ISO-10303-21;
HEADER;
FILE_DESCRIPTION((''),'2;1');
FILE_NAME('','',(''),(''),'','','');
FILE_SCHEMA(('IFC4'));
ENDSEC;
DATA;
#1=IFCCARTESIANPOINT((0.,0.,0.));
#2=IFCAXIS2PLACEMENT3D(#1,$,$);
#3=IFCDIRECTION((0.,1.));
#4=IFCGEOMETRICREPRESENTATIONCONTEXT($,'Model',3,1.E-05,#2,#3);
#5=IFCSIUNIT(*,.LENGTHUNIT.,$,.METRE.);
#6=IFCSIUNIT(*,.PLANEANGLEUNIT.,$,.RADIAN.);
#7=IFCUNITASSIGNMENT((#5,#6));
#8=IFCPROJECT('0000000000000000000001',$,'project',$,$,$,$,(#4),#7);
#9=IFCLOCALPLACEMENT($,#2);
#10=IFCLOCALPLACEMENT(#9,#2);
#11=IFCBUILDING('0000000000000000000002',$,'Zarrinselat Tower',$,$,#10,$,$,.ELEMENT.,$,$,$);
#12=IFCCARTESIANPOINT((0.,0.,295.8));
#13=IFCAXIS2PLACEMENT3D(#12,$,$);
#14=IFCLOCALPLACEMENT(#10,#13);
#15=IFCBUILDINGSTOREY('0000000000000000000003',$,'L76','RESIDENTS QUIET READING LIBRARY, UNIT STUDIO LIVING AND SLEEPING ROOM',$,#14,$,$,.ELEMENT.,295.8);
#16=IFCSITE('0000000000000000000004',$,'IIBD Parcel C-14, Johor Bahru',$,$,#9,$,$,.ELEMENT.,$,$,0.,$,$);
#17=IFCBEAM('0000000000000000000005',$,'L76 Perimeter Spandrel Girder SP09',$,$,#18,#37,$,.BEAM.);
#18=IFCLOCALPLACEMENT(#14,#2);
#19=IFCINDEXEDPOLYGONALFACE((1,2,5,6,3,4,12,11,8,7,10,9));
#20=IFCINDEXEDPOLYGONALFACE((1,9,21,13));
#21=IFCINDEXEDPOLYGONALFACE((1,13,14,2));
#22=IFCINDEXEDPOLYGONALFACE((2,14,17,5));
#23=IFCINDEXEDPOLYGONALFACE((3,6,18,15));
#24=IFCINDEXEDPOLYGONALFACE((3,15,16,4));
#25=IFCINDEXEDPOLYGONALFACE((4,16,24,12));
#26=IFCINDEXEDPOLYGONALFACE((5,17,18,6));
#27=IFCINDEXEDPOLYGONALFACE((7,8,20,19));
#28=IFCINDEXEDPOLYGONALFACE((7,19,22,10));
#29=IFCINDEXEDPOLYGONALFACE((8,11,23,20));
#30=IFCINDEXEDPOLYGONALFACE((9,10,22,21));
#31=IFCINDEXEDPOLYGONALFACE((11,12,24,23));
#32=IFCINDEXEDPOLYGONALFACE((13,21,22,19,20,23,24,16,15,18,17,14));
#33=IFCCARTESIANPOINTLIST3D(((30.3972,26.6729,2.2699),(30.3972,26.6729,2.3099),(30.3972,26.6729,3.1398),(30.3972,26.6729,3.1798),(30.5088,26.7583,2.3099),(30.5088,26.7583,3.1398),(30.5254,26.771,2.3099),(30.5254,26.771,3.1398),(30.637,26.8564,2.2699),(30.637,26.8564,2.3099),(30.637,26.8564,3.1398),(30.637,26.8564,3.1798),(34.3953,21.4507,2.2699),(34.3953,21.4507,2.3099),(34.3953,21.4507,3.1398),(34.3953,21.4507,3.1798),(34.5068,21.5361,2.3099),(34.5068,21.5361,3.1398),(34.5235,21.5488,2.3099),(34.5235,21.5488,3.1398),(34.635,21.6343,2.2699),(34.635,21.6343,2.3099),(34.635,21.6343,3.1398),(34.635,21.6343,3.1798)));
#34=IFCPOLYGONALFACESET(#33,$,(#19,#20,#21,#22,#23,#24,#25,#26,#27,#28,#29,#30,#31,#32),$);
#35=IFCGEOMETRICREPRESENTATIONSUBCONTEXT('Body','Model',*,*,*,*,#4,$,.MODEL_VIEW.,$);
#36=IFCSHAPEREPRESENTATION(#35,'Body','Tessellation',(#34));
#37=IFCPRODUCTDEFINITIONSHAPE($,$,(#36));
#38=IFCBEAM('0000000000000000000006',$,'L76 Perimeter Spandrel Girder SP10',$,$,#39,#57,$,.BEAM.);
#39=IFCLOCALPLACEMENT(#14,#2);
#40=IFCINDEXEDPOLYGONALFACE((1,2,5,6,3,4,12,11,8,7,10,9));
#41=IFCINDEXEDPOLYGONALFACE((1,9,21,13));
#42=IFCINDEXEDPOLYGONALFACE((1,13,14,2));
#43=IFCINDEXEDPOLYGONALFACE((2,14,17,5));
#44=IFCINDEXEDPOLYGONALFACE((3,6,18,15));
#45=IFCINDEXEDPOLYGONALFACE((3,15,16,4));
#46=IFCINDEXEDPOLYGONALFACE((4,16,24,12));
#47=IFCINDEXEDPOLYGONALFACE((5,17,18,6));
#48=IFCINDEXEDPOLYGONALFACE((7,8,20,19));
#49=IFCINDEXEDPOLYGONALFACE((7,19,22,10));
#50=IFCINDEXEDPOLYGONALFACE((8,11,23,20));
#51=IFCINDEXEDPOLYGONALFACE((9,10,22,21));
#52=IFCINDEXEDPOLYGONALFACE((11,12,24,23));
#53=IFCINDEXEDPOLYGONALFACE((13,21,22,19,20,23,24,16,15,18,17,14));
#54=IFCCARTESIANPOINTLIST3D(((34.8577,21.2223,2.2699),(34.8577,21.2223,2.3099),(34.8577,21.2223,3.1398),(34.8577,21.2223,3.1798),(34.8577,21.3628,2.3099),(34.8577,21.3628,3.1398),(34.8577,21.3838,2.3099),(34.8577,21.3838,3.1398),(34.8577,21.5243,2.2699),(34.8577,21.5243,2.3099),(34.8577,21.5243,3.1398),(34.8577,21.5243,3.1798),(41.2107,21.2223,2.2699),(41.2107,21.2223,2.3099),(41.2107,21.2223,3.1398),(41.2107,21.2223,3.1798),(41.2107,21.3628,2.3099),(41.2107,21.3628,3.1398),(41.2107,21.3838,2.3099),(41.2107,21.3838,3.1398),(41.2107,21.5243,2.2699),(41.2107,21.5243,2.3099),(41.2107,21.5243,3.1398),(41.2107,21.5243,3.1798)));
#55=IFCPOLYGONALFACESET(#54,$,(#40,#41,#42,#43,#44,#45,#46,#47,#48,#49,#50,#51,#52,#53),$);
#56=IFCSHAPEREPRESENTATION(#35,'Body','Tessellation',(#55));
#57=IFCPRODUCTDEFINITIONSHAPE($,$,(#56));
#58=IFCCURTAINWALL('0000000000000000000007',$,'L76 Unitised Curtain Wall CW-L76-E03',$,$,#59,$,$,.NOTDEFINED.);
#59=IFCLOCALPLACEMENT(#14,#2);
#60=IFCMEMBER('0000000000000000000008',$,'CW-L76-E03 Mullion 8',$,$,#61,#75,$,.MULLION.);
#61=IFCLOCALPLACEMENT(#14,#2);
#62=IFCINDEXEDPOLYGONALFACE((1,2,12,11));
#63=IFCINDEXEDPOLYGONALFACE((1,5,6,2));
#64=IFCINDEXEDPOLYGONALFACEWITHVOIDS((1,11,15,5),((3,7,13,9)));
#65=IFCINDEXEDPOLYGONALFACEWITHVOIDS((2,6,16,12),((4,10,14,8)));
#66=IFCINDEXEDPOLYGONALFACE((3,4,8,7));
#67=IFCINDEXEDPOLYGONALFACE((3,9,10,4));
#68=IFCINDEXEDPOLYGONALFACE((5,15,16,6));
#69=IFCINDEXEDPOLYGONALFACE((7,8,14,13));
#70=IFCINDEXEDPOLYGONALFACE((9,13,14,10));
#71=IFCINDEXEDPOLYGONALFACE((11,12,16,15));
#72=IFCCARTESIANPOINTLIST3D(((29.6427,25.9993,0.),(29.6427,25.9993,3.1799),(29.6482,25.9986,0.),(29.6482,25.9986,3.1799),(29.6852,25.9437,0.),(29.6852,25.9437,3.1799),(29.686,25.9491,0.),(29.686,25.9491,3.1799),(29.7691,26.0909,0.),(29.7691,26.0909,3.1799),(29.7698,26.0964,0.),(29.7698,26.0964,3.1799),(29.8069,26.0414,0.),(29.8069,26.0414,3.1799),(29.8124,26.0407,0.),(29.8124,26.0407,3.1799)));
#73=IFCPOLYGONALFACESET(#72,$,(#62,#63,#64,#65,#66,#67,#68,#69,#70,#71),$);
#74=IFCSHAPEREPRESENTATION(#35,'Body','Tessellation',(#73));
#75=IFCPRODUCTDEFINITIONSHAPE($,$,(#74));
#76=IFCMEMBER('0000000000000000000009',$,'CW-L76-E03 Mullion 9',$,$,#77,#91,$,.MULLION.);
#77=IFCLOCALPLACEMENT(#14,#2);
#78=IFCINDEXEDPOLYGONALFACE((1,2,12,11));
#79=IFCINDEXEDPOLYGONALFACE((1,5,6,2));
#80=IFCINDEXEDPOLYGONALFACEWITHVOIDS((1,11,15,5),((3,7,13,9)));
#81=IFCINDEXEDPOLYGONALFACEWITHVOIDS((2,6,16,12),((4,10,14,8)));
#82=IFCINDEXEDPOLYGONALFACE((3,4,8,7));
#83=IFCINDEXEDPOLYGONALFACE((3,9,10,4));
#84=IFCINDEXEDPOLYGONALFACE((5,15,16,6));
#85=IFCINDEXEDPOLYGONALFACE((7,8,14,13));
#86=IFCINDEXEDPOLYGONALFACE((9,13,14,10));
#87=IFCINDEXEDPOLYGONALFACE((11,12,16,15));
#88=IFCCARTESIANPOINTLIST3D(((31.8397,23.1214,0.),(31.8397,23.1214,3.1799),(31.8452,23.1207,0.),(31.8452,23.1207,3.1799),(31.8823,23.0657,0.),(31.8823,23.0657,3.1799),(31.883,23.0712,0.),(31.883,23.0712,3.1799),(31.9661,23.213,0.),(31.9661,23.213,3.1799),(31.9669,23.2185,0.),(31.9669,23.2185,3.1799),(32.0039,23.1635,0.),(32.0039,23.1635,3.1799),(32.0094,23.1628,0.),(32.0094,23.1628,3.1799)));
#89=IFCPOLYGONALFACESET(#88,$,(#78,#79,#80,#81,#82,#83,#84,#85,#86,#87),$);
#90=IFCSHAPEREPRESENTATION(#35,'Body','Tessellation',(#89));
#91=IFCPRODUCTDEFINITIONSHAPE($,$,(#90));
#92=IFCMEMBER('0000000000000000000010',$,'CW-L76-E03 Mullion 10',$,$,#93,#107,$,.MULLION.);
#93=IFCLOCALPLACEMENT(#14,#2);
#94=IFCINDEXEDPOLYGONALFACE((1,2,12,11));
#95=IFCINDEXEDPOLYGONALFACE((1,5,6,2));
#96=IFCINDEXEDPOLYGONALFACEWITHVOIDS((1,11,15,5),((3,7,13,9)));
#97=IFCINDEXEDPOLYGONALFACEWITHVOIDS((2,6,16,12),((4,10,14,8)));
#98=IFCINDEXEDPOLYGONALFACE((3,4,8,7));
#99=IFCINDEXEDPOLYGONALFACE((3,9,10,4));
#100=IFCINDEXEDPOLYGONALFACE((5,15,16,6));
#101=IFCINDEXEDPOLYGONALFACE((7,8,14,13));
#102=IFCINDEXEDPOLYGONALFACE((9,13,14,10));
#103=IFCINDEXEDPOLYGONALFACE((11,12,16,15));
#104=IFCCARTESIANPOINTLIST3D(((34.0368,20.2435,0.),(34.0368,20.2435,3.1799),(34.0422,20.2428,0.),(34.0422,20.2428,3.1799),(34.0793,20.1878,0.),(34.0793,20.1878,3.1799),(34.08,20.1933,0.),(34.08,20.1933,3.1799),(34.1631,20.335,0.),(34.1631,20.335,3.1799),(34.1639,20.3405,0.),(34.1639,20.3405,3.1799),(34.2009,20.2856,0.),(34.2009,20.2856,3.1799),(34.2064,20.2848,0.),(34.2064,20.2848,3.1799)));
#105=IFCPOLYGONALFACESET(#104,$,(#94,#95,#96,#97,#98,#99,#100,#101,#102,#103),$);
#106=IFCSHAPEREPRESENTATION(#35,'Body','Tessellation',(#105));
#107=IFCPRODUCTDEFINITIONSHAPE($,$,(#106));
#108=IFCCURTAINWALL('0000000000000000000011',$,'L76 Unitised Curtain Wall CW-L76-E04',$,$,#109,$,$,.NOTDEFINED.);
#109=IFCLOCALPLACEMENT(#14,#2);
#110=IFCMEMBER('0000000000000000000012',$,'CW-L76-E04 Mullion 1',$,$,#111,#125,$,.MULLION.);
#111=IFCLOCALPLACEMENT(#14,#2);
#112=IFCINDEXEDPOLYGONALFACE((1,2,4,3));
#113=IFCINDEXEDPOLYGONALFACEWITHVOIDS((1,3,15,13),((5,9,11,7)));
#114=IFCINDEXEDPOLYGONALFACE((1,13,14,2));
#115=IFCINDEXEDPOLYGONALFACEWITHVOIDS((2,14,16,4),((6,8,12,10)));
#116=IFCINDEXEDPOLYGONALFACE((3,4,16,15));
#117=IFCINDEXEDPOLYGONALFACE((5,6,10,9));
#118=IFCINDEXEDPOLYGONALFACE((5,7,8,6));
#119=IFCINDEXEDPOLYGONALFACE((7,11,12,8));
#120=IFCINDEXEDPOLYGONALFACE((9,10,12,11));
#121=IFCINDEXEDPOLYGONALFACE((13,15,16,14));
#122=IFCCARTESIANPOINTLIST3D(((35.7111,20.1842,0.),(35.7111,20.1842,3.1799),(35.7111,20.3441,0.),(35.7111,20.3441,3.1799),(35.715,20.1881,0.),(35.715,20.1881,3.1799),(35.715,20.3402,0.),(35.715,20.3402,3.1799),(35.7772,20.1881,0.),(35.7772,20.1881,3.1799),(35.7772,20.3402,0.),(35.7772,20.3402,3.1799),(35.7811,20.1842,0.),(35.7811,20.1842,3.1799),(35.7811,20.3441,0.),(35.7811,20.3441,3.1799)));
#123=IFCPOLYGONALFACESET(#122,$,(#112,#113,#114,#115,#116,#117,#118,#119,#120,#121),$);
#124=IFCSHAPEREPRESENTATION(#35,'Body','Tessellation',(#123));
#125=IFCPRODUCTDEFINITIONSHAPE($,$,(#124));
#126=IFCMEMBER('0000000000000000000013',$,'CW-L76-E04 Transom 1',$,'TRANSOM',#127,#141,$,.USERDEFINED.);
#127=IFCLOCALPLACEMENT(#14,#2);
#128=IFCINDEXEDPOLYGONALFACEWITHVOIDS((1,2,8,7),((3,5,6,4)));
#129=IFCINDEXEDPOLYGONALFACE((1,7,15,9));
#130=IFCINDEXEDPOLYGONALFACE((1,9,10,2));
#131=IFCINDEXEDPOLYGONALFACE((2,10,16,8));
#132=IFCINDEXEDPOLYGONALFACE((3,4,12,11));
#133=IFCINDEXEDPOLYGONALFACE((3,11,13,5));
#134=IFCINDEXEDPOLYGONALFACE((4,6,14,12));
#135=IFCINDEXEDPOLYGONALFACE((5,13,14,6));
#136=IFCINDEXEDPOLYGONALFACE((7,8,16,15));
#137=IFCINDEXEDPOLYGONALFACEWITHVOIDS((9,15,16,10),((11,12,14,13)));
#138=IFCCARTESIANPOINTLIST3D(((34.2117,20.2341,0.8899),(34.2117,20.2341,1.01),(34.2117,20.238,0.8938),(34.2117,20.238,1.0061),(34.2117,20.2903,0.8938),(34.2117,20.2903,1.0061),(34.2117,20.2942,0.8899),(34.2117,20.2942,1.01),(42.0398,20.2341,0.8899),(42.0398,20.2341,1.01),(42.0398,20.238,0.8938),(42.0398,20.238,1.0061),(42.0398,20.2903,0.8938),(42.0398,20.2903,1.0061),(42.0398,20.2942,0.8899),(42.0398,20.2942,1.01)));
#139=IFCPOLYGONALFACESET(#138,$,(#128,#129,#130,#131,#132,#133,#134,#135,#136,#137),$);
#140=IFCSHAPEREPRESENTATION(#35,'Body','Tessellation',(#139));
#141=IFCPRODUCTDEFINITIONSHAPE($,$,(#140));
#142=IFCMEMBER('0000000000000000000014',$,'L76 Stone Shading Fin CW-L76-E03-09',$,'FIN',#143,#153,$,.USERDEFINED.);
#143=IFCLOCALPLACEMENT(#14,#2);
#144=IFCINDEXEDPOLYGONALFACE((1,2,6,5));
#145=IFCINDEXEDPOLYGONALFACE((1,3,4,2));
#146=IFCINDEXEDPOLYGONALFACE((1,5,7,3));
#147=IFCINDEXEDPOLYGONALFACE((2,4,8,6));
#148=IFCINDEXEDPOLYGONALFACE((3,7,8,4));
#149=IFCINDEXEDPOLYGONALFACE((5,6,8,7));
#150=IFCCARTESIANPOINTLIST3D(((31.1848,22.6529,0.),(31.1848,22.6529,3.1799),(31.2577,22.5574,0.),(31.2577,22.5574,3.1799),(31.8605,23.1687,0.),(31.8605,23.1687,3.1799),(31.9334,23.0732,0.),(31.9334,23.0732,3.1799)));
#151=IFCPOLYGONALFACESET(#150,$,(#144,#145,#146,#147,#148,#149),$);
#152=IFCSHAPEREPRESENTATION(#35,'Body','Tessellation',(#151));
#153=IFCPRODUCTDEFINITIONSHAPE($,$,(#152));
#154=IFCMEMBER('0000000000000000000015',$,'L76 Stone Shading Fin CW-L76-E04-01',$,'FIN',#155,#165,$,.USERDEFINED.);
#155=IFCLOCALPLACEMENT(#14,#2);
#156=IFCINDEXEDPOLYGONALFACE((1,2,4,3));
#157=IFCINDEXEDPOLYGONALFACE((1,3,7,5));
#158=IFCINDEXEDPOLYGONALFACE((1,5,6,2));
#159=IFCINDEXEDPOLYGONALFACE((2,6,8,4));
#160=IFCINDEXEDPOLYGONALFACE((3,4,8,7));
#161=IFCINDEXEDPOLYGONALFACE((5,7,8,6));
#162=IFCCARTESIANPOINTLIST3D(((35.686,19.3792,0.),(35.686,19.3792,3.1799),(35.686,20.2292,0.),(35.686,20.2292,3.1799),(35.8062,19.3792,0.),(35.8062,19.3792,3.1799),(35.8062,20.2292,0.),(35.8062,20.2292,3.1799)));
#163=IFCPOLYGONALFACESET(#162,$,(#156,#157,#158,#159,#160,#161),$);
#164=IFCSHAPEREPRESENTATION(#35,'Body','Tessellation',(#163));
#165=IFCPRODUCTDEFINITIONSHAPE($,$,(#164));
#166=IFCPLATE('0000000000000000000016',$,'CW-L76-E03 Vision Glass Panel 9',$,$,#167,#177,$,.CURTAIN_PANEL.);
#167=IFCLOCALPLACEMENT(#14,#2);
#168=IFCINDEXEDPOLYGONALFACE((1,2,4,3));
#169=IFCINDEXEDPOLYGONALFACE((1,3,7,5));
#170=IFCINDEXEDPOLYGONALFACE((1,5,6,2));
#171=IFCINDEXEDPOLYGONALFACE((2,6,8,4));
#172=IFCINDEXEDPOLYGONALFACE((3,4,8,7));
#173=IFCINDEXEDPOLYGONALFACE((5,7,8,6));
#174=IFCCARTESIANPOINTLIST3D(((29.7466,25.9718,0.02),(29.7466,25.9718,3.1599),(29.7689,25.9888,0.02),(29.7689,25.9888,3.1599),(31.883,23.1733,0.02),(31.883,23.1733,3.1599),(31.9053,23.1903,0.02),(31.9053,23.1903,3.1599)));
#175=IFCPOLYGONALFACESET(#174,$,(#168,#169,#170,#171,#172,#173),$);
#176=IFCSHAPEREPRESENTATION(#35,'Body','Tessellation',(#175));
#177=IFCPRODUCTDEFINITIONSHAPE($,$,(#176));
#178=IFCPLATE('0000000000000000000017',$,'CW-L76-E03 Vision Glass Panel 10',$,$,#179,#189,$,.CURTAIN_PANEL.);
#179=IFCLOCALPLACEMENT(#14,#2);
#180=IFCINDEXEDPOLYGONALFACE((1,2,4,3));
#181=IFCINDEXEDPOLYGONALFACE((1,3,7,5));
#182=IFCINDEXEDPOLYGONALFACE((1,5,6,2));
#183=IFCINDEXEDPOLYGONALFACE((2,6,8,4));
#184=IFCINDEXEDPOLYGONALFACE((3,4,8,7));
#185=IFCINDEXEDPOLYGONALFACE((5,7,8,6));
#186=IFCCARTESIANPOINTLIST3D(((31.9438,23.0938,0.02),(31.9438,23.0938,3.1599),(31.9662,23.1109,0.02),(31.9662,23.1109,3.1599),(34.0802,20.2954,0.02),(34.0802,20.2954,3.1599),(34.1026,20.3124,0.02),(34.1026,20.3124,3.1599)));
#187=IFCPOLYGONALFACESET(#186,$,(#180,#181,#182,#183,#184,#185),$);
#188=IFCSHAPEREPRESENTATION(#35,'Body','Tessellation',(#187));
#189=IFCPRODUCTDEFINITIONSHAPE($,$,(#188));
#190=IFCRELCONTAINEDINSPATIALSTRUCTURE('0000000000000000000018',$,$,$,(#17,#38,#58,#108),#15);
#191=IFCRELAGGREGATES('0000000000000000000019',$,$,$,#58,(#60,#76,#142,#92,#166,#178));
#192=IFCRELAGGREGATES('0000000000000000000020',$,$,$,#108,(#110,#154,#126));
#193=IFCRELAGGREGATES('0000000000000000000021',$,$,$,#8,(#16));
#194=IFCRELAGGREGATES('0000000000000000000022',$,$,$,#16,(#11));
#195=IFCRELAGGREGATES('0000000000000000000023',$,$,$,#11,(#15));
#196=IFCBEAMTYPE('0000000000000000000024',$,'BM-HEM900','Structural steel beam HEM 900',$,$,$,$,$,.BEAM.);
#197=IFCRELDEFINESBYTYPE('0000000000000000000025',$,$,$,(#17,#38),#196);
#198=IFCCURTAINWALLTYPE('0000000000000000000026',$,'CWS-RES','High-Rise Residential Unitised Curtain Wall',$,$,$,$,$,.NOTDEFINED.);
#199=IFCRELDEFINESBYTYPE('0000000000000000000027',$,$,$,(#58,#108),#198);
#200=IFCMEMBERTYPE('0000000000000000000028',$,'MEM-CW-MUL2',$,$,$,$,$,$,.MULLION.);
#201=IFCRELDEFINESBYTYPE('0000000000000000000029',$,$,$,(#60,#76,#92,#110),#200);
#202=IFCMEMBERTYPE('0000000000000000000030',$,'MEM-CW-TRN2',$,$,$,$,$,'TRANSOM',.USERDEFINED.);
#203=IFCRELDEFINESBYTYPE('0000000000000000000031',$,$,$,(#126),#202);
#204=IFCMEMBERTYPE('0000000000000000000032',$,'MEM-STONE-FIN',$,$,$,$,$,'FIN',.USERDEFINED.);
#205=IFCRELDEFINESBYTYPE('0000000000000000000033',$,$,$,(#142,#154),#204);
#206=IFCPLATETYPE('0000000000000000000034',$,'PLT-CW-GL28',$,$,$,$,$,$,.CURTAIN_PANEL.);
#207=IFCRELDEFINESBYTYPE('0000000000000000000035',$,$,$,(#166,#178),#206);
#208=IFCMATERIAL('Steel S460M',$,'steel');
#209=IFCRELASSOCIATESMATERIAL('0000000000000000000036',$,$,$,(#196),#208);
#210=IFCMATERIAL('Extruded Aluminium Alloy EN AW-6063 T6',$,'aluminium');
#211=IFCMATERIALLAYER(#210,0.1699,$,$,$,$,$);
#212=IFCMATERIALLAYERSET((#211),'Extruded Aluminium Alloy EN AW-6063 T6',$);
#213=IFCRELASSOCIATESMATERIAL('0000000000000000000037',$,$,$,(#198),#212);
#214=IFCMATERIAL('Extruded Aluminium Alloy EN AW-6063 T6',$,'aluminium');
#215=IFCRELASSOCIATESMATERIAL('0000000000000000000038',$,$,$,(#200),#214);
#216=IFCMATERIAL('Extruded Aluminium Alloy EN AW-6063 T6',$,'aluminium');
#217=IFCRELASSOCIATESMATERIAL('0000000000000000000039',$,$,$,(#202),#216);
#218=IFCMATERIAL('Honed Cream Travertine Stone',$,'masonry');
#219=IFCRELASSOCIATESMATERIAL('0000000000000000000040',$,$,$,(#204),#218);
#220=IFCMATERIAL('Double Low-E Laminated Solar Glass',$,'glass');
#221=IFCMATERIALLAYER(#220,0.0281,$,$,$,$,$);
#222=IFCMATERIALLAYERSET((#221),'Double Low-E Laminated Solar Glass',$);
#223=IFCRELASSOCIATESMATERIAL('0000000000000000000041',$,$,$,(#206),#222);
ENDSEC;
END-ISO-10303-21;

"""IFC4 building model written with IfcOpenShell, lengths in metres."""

from ifc_helpers import new_model, si_unit, direction, frame, origin, origin_2d, place, context, subcontext, project, spatial, rectangle, hollow_rectangle, i_section, extrude, material, layer, layer_set, material_profile, profile_set, type_object, element, aggregate, save


model = new_model("IFC4")

# Units and contexts
model_context = context("Model", 3, precision=1e-05, world=origin(), true_north=direction((0.0, 1.0)))
body_context = subcontext(model_context, "Body", "Model", "MODEL_VIEW")
ifc_project = project(units=[si_unit("LENGTHUNIT", "METRE"), si_unit("PLANEANGLEUNIT", "RADIAN")], contexts=[model_context])

# Site, building, storey
site_placement = place(None, origin())
site = spatial("IfcSite", under=ifc_project, at=site_placement, Name="IIBD Parcel C-14, Johor Bahru", CompositionType="ELEMENT", RefElevation=0.0)
building_placement = place(site_placement, origin())
building = spatial("IfcBuilding", under=site, at=building_placement, Name="Zarrinselat Tower", CompositionType="ELEMENT")
storey_placement = place(building_placement, frame((0.0, 0.0, 295.8)))
storey = spatial("IfcBuildingStorey", under=building, at=storey_placement, Name="L76", Description="RESIDENTS QUIET READING LIBRARY, UNIT STUDIO LIVING AND SLEEPING ROOM", CompositionType="ELEMENT", Elevation=295.8)

# Beams
ifc_material_1 = material(Name="Steel S460M", Category="steel")
ifc_material_profile_1 = material_profile(ifc_material_1, i_section(OverallWidth=0.302, OverallDepth=0.9099, WebThickness=0.021, FlangeThickness=0.04, at=origin_2d()), Name="HEM 900")
ifc_profile_set_1 = profile_set([ifc_material_profile_1], Name="Steel S460M")
beam_type_1 = type_object("IfcBeamType", Name="BM-HEM900", Description="Structural steel beam HEM 900", PredefinedType="BEAM", material=ifc_profile_set_1)
beam_1_placement = place(storey_placement, frame((30.5171, 26.7646, 2.7249), z_axis=(0.607894, -0.794018, 0.0), x_axis=(0.794018, 0.607894, 0.0)))
element("IfcBeam", 1, at=beam_1_placement, inside=storey, type_object=beam_type_1, Name="L76 Perimeter Spandrel Girder SP09", PredefinedType="BEAM", context=body_context, shape_type="SweptSolid", body=[
    extrude(i_section(OverallWidth=0.302, OverallDepth=0.9099, WebThickness=0.021, FlangeThickness=0.04, at=origin_2d()), origin(), (0.0, 0.0, 1.0), 6.5769),
])
beam_2_placement = place(storey_placement, frame((34.8577, 21.3733, 2.7249), z_axis=(1.0, 0.0, 0.0), x_axis=(0.0, 1.0, 0.0)))
element("IfcBeam", 2, at=beam_2_placement, inside=storey, type_object=beam_type_1, Name="L76 Perimeter Spandrel Girder SP10", PredefinedType="BEAM", context=body_context, shape_type="SweptSolid", body=[
    extrude(i_section(OverallWidth=0.302, OverallDepth=0.9099, WebThickness=0.021, FlangeThickness=0.04, at=origin_2d()), origin(), (0.0, 0.0, 1.0), 6.353),
])

# Curtain walls, members
ifc_material_2 = material(Name="Extruded Aluminium Alloy EN AW-6063 T6", Category="aluminium")
ifc_layer_1 = layer(ifc_material_2, 0.1699)
ifc_layer_set_1 = layer_set([ifc_layer_1], Name="Extruded Aluminium Alloy EN AW-6063 T6")
curtain_wall_type = type_object("IfcCurtainWallType", Name="CWS-RES", Description="High-Rise Residential Unitised Curtain Wall", PredefinedType="NOTDEFINED", material=ifc_layer_set_1)
curtain_wall_1_placement = place(storey_placement, origin())
curtain_wall_1 = element("IfcCurtainWall", 3, at=curtain_wall_1_placement, inside=storey, type_object=curtain_wall_type, Name="L76 Unitised Curtain Wall CW-L76-E03", PredefinedType="NOTDEFINED")
ifc_material_3 = material(Name="Extruded Aluminium Alloy EN AW-6063 T6", Category="aluminium")
ifc_material_profile_2 = material_profile(ifc_material_3, hollow_rectangle(XDim=0.0701, YDim=0.1599, WallThickness=0.0039, at=origin_2d()), Name="RHS 160x70x4")
ifc_profile_set_2 = profile_set([ifc_material_profile_2], Name="Extruded Aluminium Alloy EN AW-6063 T6")
member_type_1 = type_object("IfcMemberType", Name="MEM-CW-MUL2", PredefinedType="MULLION", material=ifc_profile_set_2)
member_1_placement = place(storey_placement, frame((29.7275, 26.02, 0.0), z_axis=(0.0, 0.0, 1.0), x_axis=(0.606802, -0.794853, 0.0)))
member_1 = element("IfcMember", 4, at=member_1_placement, type_object=member_type_1, Name="CW-L76-E03 Mullion 8", PredefinedType="MULLION", context=body_context, shape_type="SweptSolid", body=[
    extrude(hollow_rectangle(XDim=0.0701, YDim=0.1599, WallThickness=0.0039, at=origin_2d()), origin(), (0.0, 0.0, 1.0), 3.1799),
])
member_2_placement = place(storey_placement, frame((31.9246, 23.1421, 0.0), z_axis=(0.0, 0.0, 1.0), x_axis=(0.606802, -0.794853, 0.0)))
member_2 = element("IfcMember", 5, at=member_2_placement, type_object=member_type_1, Name="CW-L76-E03 Mullion 9", PredefinedType="MULLION", context=body_context, shape_type="SweptSolid", body=[
    extrude(hollow_rectangle(XDim=0.0701, YDim=0.1599, WallThickness=0.0039, at=origin_2d()), origin(), (0.0, 0.0, 1.0), 3.1799),
])
member_3_placement = place(storey_placement, frame((34.1216, 20.2642, 0.0), z_axis=(0.0, 0.0, 1.0), x_axis=(0.606802, -0.794853, 0.0)))
member_3 = element("IfcMember", 6, at=member_3_placement, type_object=member_type_1, Name="CW-L76-E03 Mullion 10", PredefinedType="MULLION", context=body_context, shape_type="SweptSolid", body=[
    extrude(hollow_rectangle(XDim=0.0701, YDim=0.1599, WallThickness=0.0039, at=origin_2d()), origin(), (0.0, 0.0, 1.0), 3.1799),
])
curtain_wall_2_placement = place(storey_placement, origin())
curtain_wall_2 = element("IfcCurtainWall", 7, at=curtain_wall_2_placement, inside=storey, type_object=curtain_wall_type, Name="L76 Unitised Curtain Wall CW-L76-E04", PredefinedType="NOTDEFINED")
member_4_placement = place(storey_placement, frame((35.7461, 20.2642, 0.0), z_axis=(0.0, 0.0, 1.0), x_axis=(1.0, 0.0, 0.0)))
member_4 = element("IfcMember", 8, at=member_4_placement, type_object=member_type_1, Name="CW-L76-E04 Mullion 1", PredefinedType="MULLION", context=body_context, shape_type="SweptSolid", body=[
    extrude(hollow_rectangle(XDim=0.0701, YDim=0.1599, WallThickness=0.0039, at=origin_2d()), origin(), (0.0, 0.0, 1.0), 3.1799),
])
ifc_material_4 = material(Name="Extruded Aluminium Alloy EN AW-6063 T6", Category="aluminium")
ifc_material_profile_3 = material_profile(ifc_material_4, hollow_rectangle(XDim=0.0601, YDim=0.1201, WallThickness=0.0039, at=origin_2d()), Name="RHS 120x60x4")
ifc_profile_set_3 = profile_set([ifc_material_profile_3], Name="Extruded Aluminium Alloy EN AW-6063 T6")
member_type_2 = type_object("IfcMemberType", Name="MEM-CW-TRN2", ElementType="TRANSOM", PredefinedType="USERDEFINED", material=ifc_profile_set_3)
member_5_placement = place(storey_placement, frame((34.2117, 20.2642, 0.95), z_axis=(1.0, 0.0, 0.0), x_axis=(0.0, 1.0, 0.0)))
member_5 = element("IfcMember", 9, at=member_5_placement, type_object=member_type_2, Name="CW-L76-E04 Transom 1", ObjectType="TRANSOM", PredefinedType="USERDEFINED", context=body_context, shape_type="SweptSolid", body=[
    extrude(hollow_rectangle(XDim=0.0601, YDim=0.1201, WallThickness=0.0039, at=origin_2d()), origin(), (0.0, 0.0, 1.0), 7.8281),
])

# Members
ifc_material_5 = material(Name="Honed Cream Travertine Stone", Category="masonry")
ifc_material_profile_4 = material_profile(ifc_material_5, rectangle(XDim=0.1201, YDim=0.8501, at=origin_2d()), Name="FIN 850x120")
ifc_profile_set_4 = profile_set([ifc_material_profile_4], Name="Honed Cream Travertine Stone")
member_type_3 = type_object("IfcMemberType", Name="MEM-STONE-FIN", ElementType="FIN", PredefinedType="USERDEFINED", material=ifc_profile_set_4)
member_6_placement = place(storey_placement, frame((31.5591, 22.863, 0.0), z_axis=(0.0, 0.0, 1.0), x_axis=(-0.606802, 0.794853, 0.0)))
member_6 = element("IfcMember", 10, at=member_6_placement, type_object=member_type_3, Name="L76 Stone Shading Fin CW-L76-E03-09", ObjectType="FIN", PredefinedType="USERDEFINED", context=body_context, shape_type="SweptSolid", body=[
    extrude(rectangle(XDim=0.1201, YDim=0.8501, at=origin_2d()), origin(), (0.0, 0.0, 1.0), 3.1799),
])
member_7_placement = place(storey_placement, frame((35.7461, 19.8042, 0.0), z_axis=(0.0, 0.0, 1.0), x_axis=(-1.0, 0.0, 0.0)))
member_7 = element("IfcMember", 11, at=member_7_placement, type_object=member_type_3, Name="L76 Stone Shading Fin CW-L76-E04-01", ObjectType="FIN", PredefinedType="USERDEFINED", context=body_context, shape_type="SweptSolid", body=[
    extrude(rectangle(XDim=0.1201, YDim=0.8501, at=origin_2d()), origin(), (0.0, 0.0, 1.0), 3.1799),
])

# Plates
ifc_material_6 = material(Name="Double Low-E Laminated Solar Glass", Category="glass")
ifc_layer_2 = layer(ifc_material_6, 0.0281)
ifc_layer_set_2 = layer_set([ifc_layer_2], Name="Double Low-E Laminated Solar Glass")
plate_type = type_object("IfcPlateType", Name="PLT-CW-GL28", PredefinedType="CURTAIN_PANEL", material=ifc_layer_set_2)
plate_1_placement = place(storey_placement, frame((30.8259, 24.5811, 0.02), z_axis=(0.0, 0.0, 1.0), x_axis=(0.606802, -0.794853, 0.0)))
plate_1 = element("IfcPlate", 12, at=plate_1_placement, type_object=plate_type, Name="CW-L76-E03 Vision Glass Panel 9", PredefinedType="CURTAIN_PANEL", context=body_context, shape_type="SweptSolid", body=[
    extrude(rectangle(XDim=3.5208, YDim=0.0281, at=origin_2d()), origin(), (0.0, 0.0, 1.0), 3.1399),
])
plate_2_placement = place(storey_placement, frame((33.0232, 21.7031, 0.02), z_axis=(0.0, 0.0, 1.0), x_axis=(0.606802, -0.794853, 0.0)))
plate_2 = element("IfcPlate", 13, at=plate_2_placement, type_object=plate_type, Name="CW-L76-E03 Vision Glass Panel 10", PredefinedType="CURTAIN_PANEL", context=body_context, shape_type="SweptSolid", body=[
    extrude(rectangle(XDim=3.5208, YDim=0.0281, at=origin_2d()), origin(), (0.0, 0.0, 1.0), 3.1399),
])
aggregate(curtain_wall_1, [member_1, member_2, member_6, member_3, plate_1, plate_2])
aggregate(curtain_wall_2, [member_4, member_7, member_5])

save(model, "model.ifc")
